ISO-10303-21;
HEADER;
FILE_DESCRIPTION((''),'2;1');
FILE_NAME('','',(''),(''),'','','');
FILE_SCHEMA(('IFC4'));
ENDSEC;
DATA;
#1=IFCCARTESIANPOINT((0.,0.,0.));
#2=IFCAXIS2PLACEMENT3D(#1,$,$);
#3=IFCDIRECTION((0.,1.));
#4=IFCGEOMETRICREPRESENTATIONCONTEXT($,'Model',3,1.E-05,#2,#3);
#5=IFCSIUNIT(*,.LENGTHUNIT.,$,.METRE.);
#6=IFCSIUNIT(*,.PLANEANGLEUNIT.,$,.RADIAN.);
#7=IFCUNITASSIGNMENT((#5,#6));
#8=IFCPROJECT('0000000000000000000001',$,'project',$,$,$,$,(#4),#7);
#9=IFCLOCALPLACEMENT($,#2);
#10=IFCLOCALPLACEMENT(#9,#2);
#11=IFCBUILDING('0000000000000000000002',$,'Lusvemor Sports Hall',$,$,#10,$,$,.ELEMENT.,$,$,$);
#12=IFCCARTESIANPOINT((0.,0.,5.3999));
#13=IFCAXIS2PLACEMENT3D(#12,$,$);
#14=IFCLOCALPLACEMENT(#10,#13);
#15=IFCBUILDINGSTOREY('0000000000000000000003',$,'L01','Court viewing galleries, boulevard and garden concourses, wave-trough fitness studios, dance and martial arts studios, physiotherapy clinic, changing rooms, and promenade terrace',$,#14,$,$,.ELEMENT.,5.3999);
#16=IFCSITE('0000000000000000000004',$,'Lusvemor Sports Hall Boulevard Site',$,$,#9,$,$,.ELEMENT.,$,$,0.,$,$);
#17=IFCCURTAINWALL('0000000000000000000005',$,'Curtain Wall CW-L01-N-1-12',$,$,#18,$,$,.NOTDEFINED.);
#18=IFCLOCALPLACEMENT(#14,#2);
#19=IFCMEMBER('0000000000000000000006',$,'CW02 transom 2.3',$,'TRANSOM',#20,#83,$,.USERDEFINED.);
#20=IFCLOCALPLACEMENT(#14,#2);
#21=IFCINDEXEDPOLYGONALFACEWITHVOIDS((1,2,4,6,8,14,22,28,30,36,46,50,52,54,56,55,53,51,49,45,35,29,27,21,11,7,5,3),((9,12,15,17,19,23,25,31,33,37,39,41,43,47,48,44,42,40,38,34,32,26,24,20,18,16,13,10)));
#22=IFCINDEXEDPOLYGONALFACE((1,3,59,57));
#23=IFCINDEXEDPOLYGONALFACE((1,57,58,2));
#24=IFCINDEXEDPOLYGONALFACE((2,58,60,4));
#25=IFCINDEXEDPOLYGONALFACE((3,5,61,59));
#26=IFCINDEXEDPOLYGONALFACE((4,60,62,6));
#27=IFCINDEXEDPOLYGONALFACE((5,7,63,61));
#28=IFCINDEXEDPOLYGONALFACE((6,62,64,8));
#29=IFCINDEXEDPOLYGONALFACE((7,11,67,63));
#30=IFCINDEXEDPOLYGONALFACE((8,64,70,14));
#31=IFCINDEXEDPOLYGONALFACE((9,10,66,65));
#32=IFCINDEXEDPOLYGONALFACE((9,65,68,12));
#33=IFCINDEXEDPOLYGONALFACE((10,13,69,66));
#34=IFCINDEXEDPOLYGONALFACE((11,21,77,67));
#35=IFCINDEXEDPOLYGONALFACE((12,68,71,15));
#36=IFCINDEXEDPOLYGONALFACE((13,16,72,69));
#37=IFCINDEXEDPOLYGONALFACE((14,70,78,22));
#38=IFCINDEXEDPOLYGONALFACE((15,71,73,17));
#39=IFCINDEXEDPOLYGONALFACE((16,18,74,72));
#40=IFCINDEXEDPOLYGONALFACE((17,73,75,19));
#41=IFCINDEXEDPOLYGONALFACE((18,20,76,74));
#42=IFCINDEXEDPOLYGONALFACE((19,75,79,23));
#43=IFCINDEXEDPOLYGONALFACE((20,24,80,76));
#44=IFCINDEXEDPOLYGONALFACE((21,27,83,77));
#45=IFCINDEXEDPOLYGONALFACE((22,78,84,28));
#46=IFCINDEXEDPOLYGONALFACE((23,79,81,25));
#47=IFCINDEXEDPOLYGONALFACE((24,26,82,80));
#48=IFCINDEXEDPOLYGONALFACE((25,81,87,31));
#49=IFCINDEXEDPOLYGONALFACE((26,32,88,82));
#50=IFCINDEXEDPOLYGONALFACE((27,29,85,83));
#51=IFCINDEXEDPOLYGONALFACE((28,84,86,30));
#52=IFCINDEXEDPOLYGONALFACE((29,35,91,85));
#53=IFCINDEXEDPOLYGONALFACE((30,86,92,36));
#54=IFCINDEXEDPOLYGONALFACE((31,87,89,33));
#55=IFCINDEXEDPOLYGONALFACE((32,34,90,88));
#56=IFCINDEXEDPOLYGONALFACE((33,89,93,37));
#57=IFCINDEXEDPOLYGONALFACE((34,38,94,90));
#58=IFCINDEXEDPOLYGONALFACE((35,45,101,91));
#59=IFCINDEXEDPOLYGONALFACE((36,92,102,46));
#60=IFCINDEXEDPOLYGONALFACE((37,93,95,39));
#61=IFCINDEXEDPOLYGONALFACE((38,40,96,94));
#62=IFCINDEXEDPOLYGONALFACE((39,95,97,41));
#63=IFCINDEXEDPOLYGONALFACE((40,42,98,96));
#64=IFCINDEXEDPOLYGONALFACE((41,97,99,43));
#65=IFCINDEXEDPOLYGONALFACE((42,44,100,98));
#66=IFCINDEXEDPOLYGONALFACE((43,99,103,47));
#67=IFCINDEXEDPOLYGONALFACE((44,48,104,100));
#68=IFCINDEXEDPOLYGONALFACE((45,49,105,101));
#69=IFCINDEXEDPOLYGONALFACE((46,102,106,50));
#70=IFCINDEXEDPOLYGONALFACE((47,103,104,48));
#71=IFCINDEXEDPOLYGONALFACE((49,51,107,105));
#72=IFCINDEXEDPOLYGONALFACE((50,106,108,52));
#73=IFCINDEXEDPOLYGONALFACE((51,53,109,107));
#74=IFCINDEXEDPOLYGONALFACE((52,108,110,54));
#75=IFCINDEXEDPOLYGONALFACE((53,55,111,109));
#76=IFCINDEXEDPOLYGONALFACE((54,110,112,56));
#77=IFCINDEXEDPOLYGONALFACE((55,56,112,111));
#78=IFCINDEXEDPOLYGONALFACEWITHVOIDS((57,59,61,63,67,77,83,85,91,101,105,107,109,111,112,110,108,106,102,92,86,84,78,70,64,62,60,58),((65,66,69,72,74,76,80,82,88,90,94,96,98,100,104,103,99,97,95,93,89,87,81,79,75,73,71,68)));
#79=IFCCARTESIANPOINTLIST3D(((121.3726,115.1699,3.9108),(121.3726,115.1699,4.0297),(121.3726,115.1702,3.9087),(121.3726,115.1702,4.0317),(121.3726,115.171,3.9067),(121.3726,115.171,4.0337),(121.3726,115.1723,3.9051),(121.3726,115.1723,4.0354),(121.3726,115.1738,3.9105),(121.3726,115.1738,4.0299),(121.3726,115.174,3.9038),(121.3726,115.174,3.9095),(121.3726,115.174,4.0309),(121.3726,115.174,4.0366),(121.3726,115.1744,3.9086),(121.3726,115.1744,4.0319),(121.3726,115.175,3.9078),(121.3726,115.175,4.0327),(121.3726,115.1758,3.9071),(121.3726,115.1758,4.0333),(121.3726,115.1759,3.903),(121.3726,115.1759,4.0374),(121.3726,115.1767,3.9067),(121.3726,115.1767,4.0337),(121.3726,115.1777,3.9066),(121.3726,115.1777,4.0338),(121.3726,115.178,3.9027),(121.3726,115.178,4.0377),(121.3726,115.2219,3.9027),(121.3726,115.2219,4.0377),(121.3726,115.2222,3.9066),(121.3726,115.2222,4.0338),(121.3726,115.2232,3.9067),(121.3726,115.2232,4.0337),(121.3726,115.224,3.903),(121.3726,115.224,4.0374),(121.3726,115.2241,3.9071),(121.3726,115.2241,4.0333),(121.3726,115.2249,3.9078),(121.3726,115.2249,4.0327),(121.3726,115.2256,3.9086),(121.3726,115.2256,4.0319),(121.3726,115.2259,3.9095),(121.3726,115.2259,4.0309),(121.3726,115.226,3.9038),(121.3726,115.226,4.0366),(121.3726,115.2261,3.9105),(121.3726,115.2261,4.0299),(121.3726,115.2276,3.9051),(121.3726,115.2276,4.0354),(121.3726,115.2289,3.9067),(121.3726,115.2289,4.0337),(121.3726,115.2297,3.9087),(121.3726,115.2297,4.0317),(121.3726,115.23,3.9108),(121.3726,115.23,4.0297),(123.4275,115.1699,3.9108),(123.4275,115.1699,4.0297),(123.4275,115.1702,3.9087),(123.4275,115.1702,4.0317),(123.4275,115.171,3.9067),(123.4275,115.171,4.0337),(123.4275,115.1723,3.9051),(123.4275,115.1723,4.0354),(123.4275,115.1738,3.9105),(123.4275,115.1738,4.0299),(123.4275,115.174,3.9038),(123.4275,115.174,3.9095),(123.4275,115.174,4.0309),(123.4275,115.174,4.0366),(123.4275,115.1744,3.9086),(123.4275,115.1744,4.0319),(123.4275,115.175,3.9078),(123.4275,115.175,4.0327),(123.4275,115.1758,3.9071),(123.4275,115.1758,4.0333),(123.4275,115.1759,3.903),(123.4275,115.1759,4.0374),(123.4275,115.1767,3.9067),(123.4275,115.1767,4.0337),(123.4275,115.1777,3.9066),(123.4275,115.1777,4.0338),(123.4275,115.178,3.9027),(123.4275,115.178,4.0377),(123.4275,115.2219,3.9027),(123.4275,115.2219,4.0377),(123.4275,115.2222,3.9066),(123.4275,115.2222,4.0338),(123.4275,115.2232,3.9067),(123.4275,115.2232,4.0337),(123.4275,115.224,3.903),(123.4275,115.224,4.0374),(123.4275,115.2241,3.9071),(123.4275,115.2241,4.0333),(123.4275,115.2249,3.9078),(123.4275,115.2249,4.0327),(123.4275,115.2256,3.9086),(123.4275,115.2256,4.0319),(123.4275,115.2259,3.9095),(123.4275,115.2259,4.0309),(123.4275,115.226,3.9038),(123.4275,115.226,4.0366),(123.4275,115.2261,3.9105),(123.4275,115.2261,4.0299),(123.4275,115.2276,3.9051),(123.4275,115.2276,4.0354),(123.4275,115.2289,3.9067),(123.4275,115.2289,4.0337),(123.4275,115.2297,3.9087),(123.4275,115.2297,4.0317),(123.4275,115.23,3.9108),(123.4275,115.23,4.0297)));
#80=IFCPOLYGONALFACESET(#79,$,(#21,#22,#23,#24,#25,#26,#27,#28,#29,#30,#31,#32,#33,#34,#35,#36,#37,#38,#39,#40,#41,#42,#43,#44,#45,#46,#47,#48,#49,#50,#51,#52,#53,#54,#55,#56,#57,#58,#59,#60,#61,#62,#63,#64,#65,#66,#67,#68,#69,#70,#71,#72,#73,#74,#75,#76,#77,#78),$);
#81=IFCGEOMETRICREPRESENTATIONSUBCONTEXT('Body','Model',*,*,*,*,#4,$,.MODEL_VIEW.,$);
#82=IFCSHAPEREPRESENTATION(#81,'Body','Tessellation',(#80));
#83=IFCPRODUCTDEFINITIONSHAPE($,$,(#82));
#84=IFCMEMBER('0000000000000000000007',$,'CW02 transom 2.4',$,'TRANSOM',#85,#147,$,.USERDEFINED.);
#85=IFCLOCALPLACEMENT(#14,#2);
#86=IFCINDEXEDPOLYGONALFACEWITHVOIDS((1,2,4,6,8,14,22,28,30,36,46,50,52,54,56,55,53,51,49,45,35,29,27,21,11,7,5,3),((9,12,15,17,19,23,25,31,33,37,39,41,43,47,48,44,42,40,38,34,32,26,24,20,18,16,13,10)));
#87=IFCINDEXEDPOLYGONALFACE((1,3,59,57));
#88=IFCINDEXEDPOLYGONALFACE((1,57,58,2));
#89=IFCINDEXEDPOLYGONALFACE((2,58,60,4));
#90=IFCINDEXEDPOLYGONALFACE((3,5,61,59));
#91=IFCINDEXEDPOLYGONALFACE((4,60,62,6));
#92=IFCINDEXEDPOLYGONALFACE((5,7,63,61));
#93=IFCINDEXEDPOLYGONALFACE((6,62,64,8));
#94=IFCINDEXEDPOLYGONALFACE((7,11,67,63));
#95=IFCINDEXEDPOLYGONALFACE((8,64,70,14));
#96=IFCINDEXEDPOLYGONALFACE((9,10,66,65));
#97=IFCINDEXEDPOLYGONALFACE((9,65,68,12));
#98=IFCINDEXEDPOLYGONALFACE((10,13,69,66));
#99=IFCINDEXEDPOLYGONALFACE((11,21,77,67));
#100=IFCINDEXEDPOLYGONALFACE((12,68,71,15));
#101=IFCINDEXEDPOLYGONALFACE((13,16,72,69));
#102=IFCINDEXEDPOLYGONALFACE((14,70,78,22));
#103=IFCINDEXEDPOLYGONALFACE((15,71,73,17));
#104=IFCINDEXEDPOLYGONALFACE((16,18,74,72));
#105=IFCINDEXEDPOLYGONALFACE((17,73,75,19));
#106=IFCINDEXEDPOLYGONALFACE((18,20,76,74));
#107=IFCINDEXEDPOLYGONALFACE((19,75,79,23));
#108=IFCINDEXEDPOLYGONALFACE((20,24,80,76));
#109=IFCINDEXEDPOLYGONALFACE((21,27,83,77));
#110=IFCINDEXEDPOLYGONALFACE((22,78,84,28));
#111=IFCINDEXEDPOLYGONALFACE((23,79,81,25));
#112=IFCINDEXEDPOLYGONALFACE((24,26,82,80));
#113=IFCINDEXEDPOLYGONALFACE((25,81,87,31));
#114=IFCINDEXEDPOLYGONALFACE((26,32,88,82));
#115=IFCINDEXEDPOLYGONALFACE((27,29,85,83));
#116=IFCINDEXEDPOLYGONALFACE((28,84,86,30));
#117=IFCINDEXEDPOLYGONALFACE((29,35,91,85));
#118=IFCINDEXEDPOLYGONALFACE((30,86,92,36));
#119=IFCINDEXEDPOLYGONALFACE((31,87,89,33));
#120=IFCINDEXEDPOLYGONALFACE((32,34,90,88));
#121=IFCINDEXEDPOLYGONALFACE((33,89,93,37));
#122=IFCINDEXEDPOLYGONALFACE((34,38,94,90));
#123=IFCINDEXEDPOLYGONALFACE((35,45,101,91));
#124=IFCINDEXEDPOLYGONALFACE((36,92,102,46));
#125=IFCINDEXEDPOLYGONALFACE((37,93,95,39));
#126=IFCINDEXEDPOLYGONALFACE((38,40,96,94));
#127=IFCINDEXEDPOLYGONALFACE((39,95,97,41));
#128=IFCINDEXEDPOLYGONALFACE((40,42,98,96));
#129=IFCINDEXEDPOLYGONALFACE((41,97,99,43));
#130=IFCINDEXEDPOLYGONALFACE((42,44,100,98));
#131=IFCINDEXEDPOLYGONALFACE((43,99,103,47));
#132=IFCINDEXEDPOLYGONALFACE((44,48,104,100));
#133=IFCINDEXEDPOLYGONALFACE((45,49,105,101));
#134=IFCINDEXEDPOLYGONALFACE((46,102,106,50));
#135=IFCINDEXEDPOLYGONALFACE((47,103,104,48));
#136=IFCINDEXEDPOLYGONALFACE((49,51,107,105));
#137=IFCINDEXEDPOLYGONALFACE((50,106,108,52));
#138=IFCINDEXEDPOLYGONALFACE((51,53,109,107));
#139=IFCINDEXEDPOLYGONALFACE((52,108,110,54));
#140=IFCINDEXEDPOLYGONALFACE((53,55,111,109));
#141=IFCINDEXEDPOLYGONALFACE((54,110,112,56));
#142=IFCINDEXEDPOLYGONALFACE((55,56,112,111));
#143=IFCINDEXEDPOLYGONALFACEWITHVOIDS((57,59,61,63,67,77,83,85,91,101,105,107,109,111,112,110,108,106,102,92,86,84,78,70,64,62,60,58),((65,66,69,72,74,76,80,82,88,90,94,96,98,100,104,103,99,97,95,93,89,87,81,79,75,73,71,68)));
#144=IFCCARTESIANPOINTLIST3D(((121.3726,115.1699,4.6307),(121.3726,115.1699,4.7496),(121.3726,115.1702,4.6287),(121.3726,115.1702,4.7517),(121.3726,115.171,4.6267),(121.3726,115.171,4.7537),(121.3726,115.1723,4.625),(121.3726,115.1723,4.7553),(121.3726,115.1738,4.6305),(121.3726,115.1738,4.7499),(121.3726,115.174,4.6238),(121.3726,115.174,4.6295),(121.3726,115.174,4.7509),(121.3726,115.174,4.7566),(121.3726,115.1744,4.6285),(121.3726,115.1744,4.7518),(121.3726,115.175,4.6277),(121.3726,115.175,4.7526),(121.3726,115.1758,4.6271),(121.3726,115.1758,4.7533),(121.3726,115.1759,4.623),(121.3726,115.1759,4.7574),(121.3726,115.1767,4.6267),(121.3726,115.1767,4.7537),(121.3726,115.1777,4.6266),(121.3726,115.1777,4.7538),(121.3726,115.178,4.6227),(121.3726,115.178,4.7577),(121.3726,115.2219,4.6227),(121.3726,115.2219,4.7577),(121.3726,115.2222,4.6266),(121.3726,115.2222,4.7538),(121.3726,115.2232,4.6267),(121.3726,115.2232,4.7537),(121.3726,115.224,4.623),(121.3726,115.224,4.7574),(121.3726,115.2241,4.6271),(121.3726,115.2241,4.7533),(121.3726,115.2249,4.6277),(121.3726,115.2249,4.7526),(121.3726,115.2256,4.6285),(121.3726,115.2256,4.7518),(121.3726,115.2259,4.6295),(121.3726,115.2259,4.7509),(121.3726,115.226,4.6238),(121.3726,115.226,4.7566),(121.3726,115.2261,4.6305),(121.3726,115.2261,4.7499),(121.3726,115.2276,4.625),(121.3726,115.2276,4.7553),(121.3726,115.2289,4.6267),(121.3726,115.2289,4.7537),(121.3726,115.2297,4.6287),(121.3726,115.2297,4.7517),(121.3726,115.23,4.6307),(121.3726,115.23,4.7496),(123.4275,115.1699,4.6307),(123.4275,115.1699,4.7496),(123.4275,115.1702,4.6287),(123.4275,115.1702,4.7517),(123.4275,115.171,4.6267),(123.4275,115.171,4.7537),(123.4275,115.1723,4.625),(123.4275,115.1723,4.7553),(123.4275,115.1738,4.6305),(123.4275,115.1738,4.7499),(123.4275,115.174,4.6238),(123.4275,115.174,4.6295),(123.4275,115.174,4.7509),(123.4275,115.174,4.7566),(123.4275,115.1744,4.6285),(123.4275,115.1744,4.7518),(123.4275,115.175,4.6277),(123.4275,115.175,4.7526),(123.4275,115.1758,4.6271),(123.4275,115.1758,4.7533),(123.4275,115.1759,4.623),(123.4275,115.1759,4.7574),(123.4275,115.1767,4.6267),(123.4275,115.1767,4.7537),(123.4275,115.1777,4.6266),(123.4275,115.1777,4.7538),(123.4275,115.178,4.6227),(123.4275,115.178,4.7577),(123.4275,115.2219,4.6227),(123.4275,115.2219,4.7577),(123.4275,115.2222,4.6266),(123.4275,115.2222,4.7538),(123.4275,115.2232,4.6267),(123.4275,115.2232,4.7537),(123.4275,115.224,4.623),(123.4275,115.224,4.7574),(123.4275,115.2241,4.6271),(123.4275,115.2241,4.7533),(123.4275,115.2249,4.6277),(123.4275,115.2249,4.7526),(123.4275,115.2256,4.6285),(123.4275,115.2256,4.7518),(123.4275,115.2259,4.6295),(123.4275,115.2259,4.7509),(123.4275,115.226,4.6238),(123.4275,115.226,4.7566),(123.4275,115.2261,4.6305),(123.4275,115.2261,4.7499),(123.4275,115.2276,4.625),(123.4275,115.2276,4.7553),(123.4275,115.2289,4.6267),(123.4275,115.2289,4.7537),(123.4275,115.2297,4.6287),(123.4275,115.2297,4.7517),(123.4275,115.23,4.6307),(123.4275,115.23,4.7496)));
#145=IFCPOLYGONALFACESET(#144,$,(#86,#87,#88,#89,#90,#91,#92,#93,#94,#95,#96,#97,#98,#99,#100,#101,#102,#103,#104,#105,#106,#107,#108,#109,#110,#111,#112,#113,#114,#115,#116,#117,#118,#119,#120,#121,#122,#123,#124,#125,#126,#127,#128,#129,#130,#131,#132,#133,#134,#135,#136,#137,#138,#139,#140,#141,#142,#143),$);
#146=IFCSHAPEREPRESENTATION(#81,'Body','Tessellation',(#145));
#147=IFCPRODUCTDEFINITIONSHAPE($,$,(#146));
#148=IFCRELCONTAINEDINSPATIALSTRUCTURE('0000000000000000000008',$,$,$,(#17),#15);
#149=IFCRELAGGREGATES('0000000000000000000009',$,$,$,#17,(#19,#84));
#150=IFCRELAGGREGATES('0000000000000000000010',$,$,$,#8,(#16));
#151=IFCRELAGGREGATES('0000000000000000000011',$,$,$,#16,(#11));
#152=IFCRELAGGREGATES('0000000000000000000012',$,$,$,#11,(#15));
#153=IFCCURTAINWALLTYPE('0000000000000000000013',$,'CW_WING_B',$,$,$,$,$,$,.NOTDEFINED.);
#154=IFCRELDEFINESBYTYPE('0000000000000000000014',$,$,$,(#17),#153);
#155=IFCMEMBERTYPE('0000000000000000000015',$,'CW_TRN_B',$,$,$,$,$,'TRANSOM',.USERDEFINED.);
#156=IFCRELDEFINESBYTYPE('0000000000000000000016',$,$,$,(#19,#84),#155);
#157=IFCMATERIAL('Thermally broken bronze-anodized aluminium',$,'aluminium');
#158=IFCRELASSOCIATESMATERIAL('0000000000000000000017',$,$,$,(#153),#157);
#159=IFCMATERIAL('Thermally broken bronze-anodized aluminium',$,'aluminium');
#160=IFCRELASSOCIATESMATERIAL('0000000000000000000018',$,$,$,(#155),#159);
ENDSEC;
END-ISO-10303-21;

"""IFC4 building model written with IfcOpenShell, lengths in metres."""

from ifc_helpers import new_model, si_unit, direction, frame, origin, origin_2d, place, context, subcontext, project, spatial, hollow_rectangle, extrude, material, material_profile, profile_set, type_object, element, aggregate, save


model = new_model("IFC4")

# Units and contexts
model_context = context("Model", 3, precision=1e-05, world=origin(), true_north=direction((0.0, 1.0)))
body_context = subcontext(model_context, "Body", "Model", "MODEL_VIEW")
ifc_project = project(units=[si_unit("LENGTHUNIT", "METRE"), si_unit("PLANEANGLEUNIT", "RADIAN")], contexts=[model_context])

# Site, building, storey
site_placement = place(None, origin())
site = spatial("IfcSite", under=ifc_project, at=site_placement, Name="Lusvemor Sports Hall Boulevard Site", CompositionType="ELEMENT", RefElevation=0.0)
building_placement = place(site_placement, origin())
building = spatial("IfcBuilding", under=site, at=building_placement, Name="Lusvemor Sports Hall", CompositionType="ELEMENT")
storey_placement = place(building_placement, frame((0.0, 0.0, 5.3999)))
storey = spatial("IfcBuildingStorey", under=building, at=storey_placement, Name="L01", Description="Court viewing galleries, boulevard and garden concourses, wave-trough fitness studios, dance and martial arts studios, physiotherapy clinic, changing rooms, and promenade terrace", CompositionType="ELEMENT", Elevation=5.3999)

# Curtain wall, members
ifc_material_1 = material(Name="Thermally broken bronze-anodized aluminium", Category="aluminium")
curtain_wall_type = type_object("IfcCurtainWallType", Name="CW_WING_B", PredefinedType="NOTDEFINED", material=ifc_material_1)
curtain_wall_placement = place(storey_placement, origin())
curtain_wall = element("IfcCurtainWall", 1, at=curtain_wall_placement, inside=storey, type_object=curtain_wall_type, Name="Curtain Wall CW-L01-N-1-12", PredefinedType="NOTDEFINED")
ifc_material_2 = material(Name="Thermally broken bronze-anodized aluminium", Category="aluminium")
ifc_material_profile_1 = material_profile(ifc_material_2, hollow_rectangle(XDim=0.0601, YDim=0.135, WallThickness=0.0039, InnerFilletRadius=0.0039, OuterFilletRadius=0.0081, at=origin_2d()), Name="CWTRN135x60x4")
ifc_profile_set_1 = profile_set([ifc_material_profile_1], Name="Thermally broken bronze-anodized aluminium")
member_type_1 = type_object("IfcMemberType", Name="CW_TRN_B", ElementType="TRANSOM", PredefinedType="USERDEFINED", material=ifc_profile_set_1)
member_1_placement = place(storey_placement, frame((121.3726, 115.2, 3.9702), z_axis=(1.0, 0.0, 0.0), x_axis=(0.0, 1.0, 0.0)))
member_1 = element("IfcMember", 2, at=member_1_placement, type_object=member_type_1, Name="CW02 transom 2.3", ObjectType="TRANSOM", PredefinedType="USERDEFINED", context=body_context, shape_type="SweptSolid", body=[
    extrude(hollow_rectangle(XDim=0.0601, YDim=0.135, WallThickness=0.0039, InnerFilletRadius=0.0039, OuterFilletRadius=0.0081, at=origin_2d()), origin(), (0.0, 0.0, 1.0), 2.0549),
])
member_2_placement = place(storey_placement, frame((121.3726, 115.2, 4.6902), z_axis=(1.0, 0.0, 0.0), x_axis=(0.0, 1.0, 0.0)))
member_2 = element("IfcMember", 3, at=member_2_placement, type_object=member_type_1, Name="CW02 transom 2.4", ObjectType="TRANSOM", PredefinedType="USERDEFINED", context=body_context, shape_type="SweptSolid", body=[
    extrude(hollow_rectangle(XDim=0.0601, YDim=0.135, WallThickness=0.0039, InnerFilletRadius=0.0039, OuterFilletRadius=0.0081, at=origin_2d()), origin(), (0.0, 0.0, 1.0), 2.0549),
])

aggregate(curtain_wall, [member_1, member_2])

save(model, "model.ifc")
